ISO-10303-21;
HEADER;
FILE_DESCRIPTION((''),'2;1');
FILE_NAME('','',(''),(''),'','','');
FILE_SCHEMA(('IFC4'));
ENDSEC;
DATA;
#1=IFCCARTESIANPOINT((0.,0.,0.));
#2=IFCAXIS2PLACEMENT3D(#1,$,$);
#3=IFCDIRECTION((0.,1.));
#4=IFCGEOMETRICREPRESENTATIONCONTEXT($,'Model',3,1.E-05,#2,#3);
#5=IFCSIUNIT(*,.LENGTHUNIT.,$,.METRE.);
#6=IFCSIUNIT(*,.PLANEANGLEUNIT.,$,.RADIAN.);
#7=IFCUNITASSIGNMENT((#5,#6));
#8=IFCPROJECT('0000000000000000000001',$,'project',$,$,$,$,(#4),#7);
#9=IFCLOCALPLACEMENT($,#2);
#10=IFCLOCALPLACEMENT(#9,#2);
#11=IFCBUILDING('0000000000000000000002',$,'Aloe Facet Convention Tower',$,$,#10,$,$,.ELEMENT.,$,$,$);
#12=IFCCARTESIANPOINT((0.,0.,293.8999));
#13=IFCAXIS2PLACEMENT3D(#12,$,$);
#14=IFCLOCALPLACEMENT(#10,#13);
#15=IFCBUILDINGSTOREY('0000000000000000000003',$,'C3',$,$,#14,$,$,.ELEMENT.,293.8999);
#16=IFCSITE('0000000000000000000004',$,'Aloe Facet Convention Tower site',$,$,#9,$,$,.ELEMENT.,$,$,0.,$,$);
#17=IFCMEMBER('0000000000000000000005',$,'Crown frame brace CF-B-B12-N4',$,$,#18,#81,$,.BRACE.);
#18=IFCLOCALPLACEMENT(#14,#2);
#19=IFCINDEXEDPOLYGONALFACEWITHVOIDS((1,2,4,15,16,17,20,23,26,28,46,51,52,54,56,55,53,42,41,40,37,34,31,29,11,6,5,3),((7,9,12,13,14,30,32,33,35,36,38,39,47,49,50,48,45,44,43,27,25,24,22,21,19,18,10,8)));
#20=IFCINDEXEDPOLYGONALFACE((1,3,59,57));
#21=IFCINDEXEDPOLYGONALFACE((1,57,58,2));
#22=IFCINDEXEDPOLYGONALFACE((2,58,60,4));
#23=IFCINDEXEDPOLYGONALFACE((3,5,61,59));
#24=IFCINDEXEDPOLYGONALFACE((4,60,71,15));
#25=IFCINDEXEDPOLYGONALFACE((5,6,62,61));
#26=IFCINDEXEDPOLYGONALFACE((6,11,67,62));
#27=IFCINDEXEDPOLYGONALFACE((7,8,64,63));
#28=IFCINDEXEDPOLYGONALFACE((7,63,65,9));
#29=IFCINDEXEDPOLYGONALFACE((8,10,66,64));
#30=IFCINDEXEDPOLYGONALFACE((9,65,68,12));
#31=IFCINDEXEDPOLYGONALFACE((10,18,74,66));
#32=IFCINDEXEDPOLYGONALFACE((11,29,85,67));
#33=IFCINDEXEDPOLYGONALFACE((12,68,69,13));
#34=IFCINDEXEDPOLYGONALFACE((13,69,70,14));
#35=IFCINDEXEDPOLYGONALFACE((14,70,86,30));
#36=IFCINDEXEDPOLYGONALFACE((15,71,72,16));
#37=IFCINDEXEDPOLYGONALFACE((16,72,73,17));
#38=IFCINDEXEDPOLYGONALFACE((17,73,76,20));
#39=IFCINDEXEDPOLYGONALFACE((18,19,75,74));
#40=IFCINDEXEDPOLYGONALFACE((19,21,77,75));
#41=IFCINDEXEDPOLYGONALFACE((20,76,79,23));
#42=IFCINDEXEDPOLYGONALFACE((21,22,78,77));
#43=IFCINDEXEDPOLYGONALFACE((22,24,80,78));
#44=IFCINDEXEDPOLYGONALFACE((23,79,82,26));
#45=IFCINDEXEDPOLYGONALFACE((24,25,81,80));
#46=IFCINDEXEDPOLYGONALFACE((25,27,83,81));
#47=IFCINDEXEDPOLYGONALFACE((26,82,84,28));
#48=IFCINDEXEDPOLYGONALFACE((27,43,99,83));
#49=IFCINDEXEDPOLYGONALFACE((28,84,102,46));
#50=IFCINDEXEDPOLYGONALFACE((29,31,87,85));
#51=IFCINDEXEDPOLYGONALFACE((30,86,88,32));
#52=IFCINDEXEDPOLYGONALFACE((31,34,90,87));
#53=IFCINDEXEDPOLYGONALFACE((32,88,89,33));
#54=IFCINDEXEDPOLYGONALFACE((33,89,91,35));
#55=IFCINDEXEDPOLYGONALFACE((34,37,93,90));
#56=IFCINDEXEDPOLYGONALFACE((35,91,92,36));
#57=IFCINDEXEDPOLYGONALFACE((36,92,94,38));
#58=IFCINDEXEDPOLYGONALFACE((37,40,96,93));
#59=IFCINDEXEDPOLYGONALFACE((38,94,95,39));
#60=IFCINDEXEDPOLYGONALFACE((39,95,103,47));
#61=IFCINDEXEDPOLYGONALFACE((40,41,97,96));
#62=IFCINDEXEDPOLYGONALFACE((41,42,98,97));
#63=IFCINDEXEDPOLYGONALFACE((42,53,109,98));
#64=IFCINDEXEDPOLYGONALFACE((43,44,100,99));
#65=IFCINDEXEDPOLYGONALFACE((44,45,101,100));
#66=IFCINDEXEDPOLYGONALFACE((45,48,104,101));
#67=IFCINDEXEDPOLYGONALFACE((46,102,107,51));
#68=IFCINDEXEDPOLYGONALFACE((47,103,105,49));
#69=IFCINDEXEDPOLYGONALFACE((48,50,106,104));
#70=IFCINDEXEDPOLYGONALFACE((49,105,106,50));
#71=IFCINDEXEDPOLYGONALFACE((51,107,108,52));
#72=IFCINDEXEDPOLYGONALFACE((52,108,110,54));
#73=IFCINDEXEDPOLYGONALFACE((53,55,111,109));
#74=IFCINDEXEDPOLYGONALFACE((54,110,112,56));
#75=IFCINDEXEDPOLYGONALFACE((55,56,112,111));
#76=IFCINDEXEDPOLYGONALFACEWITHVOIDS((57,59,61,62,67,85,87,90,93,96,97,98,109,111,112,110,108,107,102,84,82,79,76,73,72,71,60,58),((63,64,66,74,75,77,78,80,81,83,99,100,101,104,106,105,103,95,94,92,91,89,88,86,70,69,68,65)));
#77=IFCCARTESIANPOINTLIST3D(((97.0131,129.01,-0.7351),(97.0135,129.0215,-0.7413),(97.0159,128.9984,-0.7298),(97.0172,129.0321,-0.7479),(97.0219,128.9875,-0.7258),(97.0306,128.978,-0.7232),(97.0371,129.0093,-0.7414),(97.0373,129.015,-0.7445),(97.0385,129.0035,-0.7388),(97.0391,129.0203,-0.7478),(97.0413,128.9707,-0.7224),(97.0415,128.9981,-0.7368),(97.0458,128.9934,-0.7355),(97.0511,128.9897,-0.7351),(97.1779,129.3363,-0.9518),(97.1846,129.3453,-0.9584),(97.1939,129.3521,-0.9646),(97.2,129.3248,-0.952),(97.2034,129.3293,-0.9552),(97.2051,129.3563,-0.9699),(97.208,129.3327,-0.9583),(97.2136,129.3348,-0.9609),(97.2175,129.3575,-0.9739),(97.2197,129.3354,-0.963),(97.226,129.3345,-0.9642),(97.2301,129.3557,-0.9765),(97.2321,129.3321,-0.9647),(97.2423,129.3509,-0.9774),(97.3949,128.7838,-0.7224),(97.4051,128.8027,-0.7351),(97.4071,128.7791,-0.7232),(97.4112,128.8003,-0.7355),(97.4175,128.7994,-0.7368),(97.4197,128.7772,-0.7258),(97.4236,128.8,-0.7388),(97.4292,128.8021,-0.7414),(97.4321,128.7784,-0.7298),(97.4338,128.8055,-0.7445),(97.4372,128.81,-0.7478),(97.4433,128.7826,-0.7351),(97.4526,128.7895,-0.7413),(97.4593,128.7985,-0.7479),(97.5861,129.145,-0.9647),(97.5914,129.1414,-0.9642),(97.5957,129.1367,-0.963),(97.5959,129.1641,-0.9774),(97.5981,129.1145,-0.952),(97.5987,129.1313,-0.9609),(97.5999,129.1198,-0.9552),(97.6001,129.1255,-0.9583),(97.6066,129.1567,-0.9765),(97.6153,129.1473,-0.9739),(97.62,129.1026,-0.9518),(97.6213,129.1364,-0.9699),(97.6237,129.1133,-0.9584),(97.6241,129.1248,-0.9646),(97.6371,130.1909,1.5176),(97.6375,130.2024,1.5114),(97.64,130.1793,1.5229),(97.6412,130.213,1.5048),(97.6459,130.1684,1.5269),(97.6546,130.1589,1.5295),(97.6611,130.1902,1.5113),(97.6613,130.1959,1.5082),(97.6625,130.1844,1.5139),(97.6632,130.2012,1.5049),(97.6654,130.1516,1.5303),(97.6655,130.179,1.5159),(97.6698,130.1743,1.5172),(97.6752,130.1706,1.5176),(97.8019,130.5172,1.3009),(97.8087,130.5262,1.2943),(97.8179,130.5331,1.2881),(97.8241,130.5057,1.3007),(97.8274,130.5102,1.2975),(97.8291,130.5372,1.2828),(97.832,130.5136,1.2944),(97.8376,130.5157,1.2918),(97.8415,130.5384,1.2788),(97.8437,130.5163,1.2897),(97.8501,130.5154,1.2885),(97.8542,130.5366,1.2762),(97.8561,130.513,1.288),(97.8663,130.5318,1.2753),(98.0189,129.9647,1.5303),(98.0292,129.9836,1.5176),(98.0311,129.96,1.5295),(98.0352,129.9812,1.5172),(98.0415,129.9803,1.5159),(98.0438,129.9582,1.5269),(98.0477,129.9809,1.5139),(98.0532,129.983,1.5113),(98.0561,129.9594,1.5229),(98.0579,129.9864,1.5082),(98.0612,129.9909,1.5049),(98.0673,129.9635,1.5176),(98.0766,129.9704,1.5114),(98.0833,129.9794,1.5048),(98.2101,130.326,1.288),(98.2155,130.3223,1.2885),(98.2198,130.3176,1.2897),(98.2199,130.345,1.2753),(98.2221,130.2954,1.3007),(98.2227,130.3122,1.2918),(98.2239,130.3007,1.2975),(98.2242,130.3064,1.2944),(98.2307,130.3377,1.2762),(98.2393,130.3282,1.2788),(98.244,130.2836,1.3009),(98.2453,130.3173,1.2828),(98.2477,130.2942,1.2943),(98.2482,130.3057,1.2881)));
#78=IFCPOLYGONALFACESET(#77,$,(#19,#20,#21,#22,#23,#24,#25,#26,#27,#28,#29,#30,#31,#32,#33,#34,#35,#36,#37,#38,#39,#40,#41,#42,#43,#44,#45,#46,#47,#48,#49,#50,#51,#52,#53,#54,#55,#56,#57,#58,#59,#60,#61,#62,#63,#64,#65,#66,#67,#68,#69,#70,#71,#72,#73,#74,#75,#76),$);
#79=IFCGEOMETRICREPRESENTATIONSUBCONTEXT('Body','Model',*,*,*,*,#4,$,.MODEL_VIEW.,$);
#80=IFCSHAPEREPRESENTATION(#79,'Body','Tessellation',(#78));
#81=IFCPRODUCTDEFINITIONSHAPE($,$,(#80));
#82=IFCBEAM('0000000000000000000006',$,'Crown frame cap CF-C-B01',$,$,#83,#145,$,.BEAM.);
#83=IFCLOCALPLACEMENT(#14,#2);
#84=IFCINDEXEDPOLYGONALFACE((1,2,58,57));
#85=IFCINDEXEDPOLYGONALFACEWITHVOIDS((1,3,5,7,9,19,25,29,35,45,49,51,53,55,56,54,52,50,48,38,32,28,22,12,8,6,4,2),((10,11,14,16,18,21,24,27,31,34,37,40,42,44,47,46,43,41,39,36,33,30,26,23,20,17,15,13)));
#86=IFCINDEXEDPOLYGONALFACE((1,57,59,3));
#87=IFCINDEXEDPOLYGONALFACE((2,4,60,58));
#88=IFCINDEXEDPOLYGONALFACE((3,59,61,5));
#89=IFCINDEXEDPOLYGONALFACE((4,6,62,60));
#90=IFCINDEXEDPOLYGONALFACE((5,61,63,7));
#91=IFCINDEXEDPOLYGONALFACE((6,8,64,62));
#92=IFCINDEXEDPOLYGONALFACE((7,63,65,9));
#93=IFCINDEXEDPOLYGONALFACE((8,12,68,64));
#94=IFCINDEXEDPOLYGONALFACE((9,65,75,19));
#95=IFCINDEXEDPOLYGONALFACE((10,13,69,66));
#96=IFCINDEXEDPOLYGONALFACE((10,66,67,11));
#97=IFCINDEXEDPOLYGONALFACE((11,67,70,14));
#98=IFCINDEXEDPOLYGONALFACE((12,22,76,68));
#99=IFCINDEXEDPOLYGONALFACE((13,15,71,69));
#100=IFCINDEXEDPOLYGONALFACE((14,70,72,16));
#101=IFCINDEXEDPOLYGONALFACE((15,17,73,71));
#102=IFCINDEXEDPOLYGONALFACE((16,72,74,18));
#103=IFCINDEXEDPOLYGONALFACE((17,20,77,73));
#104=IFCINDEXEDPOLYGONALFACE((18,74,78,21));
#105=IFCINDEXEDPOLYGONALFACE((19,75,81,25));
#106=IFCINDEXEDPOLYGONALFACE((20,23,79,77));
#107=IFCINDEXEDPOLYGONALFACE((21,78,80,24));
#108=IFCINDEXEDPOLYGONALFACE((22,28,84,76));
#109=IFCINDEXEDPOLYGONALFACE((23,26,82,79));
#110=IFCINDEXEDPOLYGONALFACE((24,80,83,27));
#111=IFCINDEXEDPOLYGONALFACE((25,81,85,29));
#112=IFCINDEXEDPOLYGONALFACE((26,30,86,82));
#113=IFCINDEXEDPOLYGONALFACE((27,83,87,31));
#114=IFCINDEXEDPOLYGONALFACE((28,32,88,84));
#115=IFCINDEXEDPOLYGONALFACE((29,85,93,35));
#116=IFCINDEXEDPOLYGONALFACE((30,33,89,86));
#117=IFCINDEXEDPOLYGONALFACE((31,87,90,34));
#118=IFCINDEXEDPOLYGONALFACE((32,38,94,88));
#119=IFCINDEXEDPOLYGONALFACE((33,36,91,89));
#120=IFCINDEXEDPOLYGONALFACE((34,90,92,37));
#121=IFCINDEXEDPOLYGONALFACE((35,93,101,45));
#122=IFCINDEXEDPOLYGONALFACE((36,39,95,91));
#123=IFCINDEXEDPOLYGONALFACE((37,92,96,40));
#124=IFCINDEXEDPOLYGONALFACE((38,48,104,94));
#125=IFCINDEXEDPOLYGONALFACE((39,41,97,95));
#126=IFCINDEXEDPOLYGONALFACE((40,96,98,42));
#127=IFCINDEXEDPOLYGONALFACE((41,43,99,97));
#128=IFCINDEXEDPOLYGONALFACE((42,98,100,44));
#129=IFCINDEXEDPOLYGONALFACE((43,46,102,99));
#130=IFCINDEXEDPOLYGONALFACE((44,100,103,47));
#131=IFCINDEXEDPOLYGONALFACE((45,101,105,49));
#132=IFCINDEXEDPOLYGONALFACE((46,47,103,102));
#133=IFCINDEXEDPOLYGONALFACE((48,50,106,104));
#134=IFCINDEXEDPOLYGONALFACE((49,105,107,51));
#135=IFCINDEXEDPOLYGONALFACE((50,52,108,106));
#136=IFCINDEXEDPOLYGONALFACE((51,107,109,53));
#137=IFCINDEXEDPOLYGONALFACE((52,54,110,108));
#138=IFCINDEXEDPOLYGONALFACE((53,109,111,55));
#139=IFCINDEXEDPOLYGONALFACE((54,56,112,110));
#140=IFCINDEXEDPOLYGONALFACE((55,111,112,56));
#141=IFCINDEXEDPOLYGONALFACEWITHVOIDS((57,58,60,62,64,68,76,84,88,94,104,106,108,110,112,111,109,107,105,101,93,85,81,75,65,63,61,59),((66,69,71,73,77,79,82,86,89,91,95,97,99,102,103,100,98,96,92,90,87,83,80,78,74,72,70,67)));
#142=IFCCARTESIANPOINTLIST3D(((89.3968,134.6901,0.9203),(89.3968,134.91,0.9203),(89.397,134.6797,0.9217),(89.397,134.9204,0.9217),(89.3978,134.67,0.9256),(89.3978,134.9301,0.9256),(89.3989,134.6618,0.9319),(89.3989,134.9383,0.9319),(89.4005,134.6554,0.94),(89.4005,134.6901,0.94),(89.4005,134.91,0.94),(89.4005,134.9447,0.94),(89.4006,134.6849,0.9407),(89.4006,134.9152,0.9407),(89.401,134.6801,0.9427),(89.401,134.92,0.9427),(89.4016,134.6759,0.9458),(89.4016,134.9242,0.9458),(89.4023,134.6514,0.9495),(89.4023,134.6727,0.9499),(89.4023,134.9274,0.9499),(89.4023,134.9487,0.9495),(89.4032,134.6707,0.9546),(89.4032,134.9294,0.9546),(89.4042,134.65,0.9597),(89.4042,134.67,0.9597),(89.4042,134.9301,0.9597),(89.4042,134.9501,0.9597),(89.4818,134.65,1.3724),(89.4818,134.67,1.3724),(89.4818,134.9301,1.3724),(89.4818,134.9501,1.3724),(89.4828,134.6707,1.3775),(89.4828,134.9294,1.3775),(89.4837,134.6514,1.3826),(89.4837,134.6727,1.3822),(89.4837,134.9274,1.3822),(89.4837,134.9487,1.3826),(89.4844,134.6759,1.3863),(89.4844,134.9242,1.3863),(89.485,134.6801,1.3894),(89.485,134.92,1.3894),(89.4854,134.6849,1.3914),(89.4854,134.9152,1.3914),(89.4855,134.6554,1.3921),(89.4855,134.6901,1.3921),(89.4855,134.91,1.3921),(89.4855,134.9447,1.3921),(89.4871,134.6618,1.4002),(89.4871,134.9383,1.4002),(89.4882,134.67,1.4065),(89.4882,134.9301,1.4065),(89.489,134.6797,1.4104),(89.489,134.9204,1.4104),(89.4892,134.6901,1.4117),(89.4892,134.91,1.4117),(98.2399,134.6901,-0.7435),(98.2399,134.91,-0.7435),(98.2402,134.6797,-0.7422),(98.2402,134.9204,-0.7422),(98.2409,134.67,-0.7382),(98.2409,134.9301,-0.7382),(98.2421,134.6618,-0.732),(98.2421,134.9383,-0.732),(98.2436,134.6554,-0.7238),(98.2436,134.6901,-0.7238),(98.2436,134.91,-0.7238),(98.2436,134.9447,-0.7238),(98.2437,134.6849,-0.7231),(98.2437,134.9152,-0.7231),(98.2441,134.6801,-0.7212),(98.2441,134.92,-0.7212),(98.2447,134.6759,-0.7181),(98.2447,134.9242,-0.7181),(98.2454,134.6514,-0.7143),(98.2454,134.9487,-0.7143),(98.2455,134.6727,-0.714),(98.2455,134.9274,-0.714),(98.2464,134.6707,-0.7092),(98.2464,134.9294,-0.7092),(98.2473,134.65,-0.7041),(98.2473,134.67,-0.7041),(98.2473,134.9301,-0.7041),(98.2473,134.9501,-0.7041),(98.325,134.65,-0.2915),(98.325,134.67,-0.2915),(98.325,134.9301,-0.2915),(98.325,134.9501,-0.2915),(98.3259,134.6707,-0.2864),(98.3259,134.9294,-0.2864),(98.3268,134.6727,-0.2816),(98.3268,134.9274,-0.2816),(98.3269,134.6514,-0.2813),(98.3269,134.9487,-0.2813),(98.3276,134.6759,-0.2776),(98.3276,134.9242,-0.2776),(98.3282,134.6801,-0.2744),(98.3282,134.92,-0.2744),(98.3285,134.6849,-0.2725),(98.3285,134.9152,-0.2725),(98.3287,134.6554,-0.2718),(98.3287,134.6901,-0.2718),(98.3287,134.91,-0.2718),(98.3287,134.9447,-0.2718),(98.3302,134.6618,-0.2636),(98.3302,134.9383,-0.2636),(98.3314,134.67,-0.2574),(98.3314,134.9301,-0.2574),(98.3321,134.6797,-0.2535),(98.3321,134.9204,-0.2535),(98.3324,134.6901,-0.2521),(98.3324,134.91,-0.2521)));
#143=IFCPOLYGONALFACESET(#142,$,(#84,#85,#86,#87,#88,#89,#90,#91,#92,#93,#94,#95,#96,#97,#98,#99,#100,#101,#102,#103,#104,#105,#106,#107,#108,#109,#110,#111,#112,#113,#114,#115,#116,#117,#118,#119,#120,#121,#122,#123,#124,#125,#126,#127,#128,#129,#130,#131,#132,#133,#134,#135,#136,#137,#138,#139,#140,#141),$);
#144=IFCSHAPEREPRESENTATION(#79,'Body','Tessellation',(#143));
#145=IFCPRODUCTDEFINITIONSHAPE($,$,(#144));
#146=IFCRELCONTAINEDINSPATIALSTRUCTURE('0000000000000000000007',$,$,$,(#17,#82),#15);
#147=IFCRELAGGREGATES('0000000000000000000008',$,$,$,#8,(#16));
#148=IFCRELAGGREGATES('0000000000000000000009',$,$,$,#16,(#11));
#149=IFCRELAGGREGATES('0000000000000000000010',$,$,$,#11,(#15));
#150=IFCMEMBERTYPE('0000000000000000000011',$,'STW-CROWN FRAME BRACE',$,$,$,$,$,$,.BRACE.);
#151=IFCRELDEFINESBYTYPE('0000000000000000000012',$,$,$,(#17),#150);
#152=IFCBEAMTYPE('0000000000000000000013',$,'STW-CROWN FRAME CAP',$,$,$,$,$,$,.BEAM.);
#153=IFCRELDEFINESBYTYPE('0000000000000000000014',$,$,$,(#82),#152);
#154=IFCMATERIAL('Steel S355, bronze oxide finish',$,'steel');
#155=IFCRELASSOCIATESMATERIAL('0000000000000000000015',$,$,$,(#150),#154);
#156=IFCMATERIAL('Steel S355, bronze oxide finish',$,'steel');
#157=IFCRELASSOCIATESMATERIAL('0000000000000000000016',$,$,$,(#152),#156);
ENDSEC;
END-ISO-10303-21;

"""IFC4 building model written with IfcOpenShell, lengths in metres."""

from ifc_helpers import new_model, si_unit, direction, frame, origin, origin_2d, place, context, subcontext, project, spatial, hollow_rectangle, extrude, material, material_profile, profile_set, type_object, element, save


model = new_model("IFC4")

# Units and contexts
model_context = context("Model", 3, precision=1e-05, world=origin(), true_north=direction((0.0, 1.0)))
body_context = subcontext(model_context, "Body", "Model", "MODEL_VIEW")
ifc_project = project(units=[si_unit("LENGTHUNIT", "METRE"), si_unit("PLANEANGLEUNIT", "RADIAN")], contexts=[model_context])

# Site, building, storey
site_placement = place(None, origin())
site = spatial("IfcSite", under=ifc_project, at=site_placement, Name="Aloe Facet Convention Tower site", CompositionType="ELEMENT", RefElevation=0.0)
building_placement = place(site_placement, origin())
building = spatial("IfcBuilding", under=site, at=building_placement, Name="Aloe Facet Convention Tower", CompositionType="ELEMENT")
storey_placement = place(building_placement, frame((0.0, 0.0, 293.8999)))
storey = spatial("IfcBuildingStorey", under=building, at=storey_placement, Name="C3", CompositionType="ELEMENT", Elevation=293.8999)

# Member
ifc_material_1 = material(Name="Steel S355, bronze oxide finish", Category="steel")
ifc_material_profile_1 = material_profile(ifc_material_1, hollow_rectangle(XDim=0.5, YDim=0.5, WallThickness=0.0249, InnerFilletRadius=0.0249, OuterFilletRadius=0.05, at=origin_2d()), Name="SHS 500x500x25")
ifc_profile_set_1 = profile_set([ifc_material_profile_1], Name="Steel S355, bronze oxide finish")
member_type_1 = type_object("IfcMemberType", Name="STW-CROWN FRAME BRACE", PredefinedType="BRACE", material=ifc_profile_set_1)
member_1_placement = place(storey_placement, frame((97.3186, 129.0674, -0.8499), z_axis=(0.238279, 0.450921, 0.860171), x_axis=(-0.884148, 0.467207, 0.0)))
element("IfcMember", 1, at=member_1_placement, inside=storey, type_object=member_type_1, Name="Crown frame brace CF-B-B12-N4", PredefinedType="BRACE", context=body_context, shape_type="SweptSolid", body=[
    extrude(hollow_rectangle(XDim=0.5, YDim=0.5, WallThickness=0.0249, InnerFilletRadius=0.0249, OuterFilletRadius=0.05, at=origin_2d()), origin(), (0.0, 0.0, 1.0), 2.6189),
])

# Beam
ifc_material_2 = material(Name="Steel S355, bronze oxide finish", Category="steel")
ifc_material_profile_2 = material_profile(ifc_material_2, hollow_rectangle(XDim=0.3, YDim=0.5, WallThickness=0.02, InnerFilletRadius=0.02, OuterFilletRadius=0.04, at=origin_2d()), Name="RHS 500x300x20")
ifc_profile_set_2 = profile_set([ifc_material_profile_2], Name="Steel S355, bronze oxide finish")
beam_type = type_object("IfcBeamType", Name="STW-CROWN FRAME CAP", PredefinedType="BEAM", material=ifc_profile_set_2)
beam_1_placement = place(storey_placement, frame((98.2861, 134.8, -0.4978), z_axis=(-0.982756, 0.0, 0.184906), x_axis=(0.0, -1.0, 0.0)))
element("IfcBeam", 2, at=beam_1_placement, inside=storey, type_object=beam_type, Name="Crown frame cap CF-C-B01", PredefinedType="BEAM", context=body_context, shape_type="SweptSolid", body=[
    extrude(hollow_rectangle(XDim=0.3, YDim=0.5, WallThickness=0.02, InnerFilletRadius=0.02, OuterFilletRadius=0.04, at=origin_2d()), origin(), (0.0, 0.0, 1.0), 8.9983),
])

save(model, "model.ifc")
